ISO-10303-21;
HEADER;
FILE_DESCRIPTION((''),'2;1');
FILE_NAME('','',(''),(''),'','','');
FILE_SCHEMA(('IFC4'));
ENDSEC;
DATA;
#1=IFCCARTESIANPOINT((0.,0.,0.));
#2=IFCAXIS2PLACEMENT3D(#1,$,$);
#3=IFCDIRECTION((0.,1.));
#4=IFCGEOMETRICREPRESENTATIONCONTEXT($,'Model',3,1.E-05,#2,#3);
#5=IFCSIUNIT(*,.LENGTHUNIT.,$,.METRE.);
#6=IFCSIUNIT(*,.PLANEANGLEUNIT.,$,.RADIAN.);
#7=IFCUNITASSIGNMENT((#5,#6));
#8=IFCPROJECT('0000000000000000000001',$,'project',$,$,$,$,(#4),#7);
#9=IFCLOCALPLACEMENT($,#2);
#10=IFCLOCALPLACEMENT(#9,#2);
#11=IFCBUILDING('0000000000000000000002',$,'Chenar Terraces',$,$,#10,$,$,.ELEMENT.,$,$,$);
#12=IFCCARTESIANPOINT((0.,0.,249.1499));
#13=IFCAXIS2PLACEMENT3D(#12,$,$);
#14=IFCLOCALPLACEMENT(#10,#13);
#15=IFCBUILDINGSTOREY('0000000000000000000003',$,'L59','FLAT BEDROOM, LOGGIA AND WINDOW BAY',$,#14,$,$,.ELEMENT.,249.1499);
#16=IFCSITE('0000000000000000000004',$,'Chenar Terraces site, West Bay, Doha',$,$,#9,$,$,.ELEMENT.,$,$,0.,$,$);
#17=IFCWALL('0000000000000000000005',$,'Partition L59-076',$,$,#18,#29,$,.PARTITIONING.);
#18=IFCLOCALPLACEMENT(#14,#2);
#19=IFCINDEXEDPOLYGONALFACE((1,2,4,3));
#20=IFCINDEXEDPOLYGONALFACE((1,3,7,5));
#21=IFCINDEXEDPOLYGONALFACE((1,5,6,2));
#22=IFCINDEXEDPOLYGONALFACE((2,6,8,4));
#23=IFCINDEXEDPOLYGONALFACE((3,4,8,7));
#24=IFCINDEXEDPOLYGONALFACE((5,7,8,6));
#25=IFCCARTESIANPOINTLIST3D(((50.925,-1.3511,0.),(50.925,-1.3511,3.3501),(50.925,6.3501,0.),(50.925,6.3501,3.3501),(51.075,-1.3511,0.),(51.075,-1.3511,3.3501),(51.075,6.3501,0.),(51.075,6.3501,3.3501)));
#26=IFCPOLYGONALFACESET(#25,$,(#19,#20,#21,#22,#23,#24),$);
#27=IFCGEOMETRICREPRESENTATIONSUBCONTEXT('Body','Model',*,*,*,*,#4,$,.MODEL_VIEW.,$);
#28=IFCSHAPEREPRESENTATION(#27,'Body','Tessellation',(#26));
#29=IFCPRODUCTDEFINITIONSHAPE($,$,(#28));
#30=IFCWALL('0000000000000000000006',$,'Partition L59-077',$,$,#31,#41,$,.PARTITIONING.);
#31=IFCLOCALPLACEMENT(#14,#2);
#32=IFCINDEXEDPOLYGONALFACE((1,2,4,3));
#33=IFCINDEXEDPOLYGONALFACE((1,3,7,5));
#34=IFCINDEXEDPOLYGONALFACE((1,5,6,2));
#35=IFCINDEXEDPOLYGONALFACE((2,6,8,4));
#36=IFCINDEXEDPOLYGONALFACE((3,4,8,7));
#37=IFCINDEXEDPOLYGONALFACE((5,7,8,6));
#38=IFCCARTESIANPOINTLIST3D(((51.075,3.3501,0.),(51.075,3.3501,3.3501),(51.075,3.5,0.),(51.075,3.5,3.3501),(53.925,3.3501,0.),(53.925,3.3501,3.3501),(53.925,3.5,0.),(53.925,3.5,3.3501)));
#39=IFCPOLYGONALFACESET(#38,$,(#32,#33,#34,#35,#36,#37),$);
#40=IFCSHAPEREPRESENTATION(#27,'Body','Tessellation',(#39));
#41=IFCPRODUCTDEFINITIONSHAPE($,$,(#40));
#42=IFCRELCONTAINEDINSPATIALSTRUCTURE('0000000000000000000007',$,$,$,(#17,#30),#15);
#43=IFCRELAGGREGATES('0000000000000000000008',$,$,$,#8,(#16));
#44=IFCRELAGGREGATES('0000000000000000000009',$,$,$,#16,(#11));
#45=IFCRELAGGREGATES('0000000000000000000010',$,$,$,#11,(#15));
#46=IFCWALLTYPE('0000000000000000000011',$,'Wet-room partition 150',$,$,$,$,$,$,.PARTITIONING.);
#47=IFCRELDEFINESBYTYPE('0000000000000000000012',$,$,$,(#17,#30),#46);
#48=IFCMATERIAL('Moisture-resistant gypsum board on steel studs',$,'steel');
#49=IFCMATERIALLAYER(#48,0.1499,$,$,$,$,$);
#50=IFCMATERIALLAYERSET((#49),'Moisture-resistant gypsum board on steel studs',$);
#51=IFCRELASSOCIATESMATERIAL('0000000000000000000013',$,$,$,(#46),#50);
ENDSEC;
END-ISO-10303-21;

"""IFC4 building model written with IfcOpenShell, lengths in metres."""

from ifc_helpers import new_model, si_unit, direction, frame, frame_2d, origin, place, context, subcontext, project, spatial, rectangle, extrude, material, layer, layer_set, type_object, element, save


model = new_model("IFC4")

# Units and contexts
model_context = context("Model", 3, precision=1e-05, world=origin(), true_north=direction((0.0, 1.0)))
body_context = subcontext(model_context, "Body", "Model", "MODEL_VIEW")
ifc_project = project(units=[si_unit("LENGTHUNIT", "METRE"), si_unit("PLANEANGLEUNIT", "RADIAN")], contexts=[model_context])

# Site, building, storey
site_placement = place(None, origin())
site = spatial("IfcSite", under=ifc_project, at=site_placement, Name="Chenar Terraces site, West Bay, Doha", CompositionType="ELEMENT", RefElevation=0.0)
building_placement = place(site_placement, origin())
building = spatial("IfcBuilding", under=site, at=building_placement, Name="Chenar Terraces", CompositionType="ELEMENT")
storey_placement = place(building_placement, frame((0.0, 0.0, 249.1499)))
storey = spatial("IfcBuildingStorey", under=building, at=storey_placement, Name="L59", Description="FLAT BEDROOM, LOGGIA AND WINDOW BAY", CompositionType="ELEMENT", Elevation=249.1499)

# Shared definitions
ifc_material_1 = material(Name="Moisture-resistant gypsum board on steel studs", Category="steel")
ifc_layer_1 = layer(ifc_material_1, 0.1499)
ifc_layer_set_1 = layer_set([ifc_layer_1], Name="Moisture-resistant gypsum board on steel studs")
wall_type_1 = type_object("IfcWallType", Name="Wet-room partition 150", PredefinedType="PARTITIONING", material=ifc_layer_set_1)

# Walls
wall_1_placement = place(storey_placement, frame((51.0, -1.3511, 0.0), z_axis=(0.0, 0.0, 1.0), x_axis=(0.0, 1.0, 0.0)))
element("IfcWall", 1, at=wall_1_placement, inside=storey, type_object=wall_type_1, Name="Partition L59-076", PredefinedType="PARTITIONING", context=body_context, shape_type="SweptSolid", body=[
    extrude(rectangle(XDim=7.7012, YDim=0.1499, at=frame_2d((3.8506, 0.0))), origin(), (0.0, 0.0, 1.0), 3.3501),
])
wall_2_placement = place(storey_placement, frame((51.075, 3.425, 0.0), z_axis=(0.0, 0.0, 1.0), x_axis=(1.0, 0.0, 0.0)))
element("IfcWall", 2, at=wall_2_placement, inside=storey, type_object=wall_type_1, Name="Partition L59-077", PredefinedType="PARTITIONING", context=body_context, shape_type="SweptSolid", body=[
    extrude(rectangle(XDim=2.8501, YDim=0.1499, at=frame_2d((1.425, 0.0))), origin(), (0.0, 0.0, 1.0), 3.3501),
])

save(model, "model.ifc")
